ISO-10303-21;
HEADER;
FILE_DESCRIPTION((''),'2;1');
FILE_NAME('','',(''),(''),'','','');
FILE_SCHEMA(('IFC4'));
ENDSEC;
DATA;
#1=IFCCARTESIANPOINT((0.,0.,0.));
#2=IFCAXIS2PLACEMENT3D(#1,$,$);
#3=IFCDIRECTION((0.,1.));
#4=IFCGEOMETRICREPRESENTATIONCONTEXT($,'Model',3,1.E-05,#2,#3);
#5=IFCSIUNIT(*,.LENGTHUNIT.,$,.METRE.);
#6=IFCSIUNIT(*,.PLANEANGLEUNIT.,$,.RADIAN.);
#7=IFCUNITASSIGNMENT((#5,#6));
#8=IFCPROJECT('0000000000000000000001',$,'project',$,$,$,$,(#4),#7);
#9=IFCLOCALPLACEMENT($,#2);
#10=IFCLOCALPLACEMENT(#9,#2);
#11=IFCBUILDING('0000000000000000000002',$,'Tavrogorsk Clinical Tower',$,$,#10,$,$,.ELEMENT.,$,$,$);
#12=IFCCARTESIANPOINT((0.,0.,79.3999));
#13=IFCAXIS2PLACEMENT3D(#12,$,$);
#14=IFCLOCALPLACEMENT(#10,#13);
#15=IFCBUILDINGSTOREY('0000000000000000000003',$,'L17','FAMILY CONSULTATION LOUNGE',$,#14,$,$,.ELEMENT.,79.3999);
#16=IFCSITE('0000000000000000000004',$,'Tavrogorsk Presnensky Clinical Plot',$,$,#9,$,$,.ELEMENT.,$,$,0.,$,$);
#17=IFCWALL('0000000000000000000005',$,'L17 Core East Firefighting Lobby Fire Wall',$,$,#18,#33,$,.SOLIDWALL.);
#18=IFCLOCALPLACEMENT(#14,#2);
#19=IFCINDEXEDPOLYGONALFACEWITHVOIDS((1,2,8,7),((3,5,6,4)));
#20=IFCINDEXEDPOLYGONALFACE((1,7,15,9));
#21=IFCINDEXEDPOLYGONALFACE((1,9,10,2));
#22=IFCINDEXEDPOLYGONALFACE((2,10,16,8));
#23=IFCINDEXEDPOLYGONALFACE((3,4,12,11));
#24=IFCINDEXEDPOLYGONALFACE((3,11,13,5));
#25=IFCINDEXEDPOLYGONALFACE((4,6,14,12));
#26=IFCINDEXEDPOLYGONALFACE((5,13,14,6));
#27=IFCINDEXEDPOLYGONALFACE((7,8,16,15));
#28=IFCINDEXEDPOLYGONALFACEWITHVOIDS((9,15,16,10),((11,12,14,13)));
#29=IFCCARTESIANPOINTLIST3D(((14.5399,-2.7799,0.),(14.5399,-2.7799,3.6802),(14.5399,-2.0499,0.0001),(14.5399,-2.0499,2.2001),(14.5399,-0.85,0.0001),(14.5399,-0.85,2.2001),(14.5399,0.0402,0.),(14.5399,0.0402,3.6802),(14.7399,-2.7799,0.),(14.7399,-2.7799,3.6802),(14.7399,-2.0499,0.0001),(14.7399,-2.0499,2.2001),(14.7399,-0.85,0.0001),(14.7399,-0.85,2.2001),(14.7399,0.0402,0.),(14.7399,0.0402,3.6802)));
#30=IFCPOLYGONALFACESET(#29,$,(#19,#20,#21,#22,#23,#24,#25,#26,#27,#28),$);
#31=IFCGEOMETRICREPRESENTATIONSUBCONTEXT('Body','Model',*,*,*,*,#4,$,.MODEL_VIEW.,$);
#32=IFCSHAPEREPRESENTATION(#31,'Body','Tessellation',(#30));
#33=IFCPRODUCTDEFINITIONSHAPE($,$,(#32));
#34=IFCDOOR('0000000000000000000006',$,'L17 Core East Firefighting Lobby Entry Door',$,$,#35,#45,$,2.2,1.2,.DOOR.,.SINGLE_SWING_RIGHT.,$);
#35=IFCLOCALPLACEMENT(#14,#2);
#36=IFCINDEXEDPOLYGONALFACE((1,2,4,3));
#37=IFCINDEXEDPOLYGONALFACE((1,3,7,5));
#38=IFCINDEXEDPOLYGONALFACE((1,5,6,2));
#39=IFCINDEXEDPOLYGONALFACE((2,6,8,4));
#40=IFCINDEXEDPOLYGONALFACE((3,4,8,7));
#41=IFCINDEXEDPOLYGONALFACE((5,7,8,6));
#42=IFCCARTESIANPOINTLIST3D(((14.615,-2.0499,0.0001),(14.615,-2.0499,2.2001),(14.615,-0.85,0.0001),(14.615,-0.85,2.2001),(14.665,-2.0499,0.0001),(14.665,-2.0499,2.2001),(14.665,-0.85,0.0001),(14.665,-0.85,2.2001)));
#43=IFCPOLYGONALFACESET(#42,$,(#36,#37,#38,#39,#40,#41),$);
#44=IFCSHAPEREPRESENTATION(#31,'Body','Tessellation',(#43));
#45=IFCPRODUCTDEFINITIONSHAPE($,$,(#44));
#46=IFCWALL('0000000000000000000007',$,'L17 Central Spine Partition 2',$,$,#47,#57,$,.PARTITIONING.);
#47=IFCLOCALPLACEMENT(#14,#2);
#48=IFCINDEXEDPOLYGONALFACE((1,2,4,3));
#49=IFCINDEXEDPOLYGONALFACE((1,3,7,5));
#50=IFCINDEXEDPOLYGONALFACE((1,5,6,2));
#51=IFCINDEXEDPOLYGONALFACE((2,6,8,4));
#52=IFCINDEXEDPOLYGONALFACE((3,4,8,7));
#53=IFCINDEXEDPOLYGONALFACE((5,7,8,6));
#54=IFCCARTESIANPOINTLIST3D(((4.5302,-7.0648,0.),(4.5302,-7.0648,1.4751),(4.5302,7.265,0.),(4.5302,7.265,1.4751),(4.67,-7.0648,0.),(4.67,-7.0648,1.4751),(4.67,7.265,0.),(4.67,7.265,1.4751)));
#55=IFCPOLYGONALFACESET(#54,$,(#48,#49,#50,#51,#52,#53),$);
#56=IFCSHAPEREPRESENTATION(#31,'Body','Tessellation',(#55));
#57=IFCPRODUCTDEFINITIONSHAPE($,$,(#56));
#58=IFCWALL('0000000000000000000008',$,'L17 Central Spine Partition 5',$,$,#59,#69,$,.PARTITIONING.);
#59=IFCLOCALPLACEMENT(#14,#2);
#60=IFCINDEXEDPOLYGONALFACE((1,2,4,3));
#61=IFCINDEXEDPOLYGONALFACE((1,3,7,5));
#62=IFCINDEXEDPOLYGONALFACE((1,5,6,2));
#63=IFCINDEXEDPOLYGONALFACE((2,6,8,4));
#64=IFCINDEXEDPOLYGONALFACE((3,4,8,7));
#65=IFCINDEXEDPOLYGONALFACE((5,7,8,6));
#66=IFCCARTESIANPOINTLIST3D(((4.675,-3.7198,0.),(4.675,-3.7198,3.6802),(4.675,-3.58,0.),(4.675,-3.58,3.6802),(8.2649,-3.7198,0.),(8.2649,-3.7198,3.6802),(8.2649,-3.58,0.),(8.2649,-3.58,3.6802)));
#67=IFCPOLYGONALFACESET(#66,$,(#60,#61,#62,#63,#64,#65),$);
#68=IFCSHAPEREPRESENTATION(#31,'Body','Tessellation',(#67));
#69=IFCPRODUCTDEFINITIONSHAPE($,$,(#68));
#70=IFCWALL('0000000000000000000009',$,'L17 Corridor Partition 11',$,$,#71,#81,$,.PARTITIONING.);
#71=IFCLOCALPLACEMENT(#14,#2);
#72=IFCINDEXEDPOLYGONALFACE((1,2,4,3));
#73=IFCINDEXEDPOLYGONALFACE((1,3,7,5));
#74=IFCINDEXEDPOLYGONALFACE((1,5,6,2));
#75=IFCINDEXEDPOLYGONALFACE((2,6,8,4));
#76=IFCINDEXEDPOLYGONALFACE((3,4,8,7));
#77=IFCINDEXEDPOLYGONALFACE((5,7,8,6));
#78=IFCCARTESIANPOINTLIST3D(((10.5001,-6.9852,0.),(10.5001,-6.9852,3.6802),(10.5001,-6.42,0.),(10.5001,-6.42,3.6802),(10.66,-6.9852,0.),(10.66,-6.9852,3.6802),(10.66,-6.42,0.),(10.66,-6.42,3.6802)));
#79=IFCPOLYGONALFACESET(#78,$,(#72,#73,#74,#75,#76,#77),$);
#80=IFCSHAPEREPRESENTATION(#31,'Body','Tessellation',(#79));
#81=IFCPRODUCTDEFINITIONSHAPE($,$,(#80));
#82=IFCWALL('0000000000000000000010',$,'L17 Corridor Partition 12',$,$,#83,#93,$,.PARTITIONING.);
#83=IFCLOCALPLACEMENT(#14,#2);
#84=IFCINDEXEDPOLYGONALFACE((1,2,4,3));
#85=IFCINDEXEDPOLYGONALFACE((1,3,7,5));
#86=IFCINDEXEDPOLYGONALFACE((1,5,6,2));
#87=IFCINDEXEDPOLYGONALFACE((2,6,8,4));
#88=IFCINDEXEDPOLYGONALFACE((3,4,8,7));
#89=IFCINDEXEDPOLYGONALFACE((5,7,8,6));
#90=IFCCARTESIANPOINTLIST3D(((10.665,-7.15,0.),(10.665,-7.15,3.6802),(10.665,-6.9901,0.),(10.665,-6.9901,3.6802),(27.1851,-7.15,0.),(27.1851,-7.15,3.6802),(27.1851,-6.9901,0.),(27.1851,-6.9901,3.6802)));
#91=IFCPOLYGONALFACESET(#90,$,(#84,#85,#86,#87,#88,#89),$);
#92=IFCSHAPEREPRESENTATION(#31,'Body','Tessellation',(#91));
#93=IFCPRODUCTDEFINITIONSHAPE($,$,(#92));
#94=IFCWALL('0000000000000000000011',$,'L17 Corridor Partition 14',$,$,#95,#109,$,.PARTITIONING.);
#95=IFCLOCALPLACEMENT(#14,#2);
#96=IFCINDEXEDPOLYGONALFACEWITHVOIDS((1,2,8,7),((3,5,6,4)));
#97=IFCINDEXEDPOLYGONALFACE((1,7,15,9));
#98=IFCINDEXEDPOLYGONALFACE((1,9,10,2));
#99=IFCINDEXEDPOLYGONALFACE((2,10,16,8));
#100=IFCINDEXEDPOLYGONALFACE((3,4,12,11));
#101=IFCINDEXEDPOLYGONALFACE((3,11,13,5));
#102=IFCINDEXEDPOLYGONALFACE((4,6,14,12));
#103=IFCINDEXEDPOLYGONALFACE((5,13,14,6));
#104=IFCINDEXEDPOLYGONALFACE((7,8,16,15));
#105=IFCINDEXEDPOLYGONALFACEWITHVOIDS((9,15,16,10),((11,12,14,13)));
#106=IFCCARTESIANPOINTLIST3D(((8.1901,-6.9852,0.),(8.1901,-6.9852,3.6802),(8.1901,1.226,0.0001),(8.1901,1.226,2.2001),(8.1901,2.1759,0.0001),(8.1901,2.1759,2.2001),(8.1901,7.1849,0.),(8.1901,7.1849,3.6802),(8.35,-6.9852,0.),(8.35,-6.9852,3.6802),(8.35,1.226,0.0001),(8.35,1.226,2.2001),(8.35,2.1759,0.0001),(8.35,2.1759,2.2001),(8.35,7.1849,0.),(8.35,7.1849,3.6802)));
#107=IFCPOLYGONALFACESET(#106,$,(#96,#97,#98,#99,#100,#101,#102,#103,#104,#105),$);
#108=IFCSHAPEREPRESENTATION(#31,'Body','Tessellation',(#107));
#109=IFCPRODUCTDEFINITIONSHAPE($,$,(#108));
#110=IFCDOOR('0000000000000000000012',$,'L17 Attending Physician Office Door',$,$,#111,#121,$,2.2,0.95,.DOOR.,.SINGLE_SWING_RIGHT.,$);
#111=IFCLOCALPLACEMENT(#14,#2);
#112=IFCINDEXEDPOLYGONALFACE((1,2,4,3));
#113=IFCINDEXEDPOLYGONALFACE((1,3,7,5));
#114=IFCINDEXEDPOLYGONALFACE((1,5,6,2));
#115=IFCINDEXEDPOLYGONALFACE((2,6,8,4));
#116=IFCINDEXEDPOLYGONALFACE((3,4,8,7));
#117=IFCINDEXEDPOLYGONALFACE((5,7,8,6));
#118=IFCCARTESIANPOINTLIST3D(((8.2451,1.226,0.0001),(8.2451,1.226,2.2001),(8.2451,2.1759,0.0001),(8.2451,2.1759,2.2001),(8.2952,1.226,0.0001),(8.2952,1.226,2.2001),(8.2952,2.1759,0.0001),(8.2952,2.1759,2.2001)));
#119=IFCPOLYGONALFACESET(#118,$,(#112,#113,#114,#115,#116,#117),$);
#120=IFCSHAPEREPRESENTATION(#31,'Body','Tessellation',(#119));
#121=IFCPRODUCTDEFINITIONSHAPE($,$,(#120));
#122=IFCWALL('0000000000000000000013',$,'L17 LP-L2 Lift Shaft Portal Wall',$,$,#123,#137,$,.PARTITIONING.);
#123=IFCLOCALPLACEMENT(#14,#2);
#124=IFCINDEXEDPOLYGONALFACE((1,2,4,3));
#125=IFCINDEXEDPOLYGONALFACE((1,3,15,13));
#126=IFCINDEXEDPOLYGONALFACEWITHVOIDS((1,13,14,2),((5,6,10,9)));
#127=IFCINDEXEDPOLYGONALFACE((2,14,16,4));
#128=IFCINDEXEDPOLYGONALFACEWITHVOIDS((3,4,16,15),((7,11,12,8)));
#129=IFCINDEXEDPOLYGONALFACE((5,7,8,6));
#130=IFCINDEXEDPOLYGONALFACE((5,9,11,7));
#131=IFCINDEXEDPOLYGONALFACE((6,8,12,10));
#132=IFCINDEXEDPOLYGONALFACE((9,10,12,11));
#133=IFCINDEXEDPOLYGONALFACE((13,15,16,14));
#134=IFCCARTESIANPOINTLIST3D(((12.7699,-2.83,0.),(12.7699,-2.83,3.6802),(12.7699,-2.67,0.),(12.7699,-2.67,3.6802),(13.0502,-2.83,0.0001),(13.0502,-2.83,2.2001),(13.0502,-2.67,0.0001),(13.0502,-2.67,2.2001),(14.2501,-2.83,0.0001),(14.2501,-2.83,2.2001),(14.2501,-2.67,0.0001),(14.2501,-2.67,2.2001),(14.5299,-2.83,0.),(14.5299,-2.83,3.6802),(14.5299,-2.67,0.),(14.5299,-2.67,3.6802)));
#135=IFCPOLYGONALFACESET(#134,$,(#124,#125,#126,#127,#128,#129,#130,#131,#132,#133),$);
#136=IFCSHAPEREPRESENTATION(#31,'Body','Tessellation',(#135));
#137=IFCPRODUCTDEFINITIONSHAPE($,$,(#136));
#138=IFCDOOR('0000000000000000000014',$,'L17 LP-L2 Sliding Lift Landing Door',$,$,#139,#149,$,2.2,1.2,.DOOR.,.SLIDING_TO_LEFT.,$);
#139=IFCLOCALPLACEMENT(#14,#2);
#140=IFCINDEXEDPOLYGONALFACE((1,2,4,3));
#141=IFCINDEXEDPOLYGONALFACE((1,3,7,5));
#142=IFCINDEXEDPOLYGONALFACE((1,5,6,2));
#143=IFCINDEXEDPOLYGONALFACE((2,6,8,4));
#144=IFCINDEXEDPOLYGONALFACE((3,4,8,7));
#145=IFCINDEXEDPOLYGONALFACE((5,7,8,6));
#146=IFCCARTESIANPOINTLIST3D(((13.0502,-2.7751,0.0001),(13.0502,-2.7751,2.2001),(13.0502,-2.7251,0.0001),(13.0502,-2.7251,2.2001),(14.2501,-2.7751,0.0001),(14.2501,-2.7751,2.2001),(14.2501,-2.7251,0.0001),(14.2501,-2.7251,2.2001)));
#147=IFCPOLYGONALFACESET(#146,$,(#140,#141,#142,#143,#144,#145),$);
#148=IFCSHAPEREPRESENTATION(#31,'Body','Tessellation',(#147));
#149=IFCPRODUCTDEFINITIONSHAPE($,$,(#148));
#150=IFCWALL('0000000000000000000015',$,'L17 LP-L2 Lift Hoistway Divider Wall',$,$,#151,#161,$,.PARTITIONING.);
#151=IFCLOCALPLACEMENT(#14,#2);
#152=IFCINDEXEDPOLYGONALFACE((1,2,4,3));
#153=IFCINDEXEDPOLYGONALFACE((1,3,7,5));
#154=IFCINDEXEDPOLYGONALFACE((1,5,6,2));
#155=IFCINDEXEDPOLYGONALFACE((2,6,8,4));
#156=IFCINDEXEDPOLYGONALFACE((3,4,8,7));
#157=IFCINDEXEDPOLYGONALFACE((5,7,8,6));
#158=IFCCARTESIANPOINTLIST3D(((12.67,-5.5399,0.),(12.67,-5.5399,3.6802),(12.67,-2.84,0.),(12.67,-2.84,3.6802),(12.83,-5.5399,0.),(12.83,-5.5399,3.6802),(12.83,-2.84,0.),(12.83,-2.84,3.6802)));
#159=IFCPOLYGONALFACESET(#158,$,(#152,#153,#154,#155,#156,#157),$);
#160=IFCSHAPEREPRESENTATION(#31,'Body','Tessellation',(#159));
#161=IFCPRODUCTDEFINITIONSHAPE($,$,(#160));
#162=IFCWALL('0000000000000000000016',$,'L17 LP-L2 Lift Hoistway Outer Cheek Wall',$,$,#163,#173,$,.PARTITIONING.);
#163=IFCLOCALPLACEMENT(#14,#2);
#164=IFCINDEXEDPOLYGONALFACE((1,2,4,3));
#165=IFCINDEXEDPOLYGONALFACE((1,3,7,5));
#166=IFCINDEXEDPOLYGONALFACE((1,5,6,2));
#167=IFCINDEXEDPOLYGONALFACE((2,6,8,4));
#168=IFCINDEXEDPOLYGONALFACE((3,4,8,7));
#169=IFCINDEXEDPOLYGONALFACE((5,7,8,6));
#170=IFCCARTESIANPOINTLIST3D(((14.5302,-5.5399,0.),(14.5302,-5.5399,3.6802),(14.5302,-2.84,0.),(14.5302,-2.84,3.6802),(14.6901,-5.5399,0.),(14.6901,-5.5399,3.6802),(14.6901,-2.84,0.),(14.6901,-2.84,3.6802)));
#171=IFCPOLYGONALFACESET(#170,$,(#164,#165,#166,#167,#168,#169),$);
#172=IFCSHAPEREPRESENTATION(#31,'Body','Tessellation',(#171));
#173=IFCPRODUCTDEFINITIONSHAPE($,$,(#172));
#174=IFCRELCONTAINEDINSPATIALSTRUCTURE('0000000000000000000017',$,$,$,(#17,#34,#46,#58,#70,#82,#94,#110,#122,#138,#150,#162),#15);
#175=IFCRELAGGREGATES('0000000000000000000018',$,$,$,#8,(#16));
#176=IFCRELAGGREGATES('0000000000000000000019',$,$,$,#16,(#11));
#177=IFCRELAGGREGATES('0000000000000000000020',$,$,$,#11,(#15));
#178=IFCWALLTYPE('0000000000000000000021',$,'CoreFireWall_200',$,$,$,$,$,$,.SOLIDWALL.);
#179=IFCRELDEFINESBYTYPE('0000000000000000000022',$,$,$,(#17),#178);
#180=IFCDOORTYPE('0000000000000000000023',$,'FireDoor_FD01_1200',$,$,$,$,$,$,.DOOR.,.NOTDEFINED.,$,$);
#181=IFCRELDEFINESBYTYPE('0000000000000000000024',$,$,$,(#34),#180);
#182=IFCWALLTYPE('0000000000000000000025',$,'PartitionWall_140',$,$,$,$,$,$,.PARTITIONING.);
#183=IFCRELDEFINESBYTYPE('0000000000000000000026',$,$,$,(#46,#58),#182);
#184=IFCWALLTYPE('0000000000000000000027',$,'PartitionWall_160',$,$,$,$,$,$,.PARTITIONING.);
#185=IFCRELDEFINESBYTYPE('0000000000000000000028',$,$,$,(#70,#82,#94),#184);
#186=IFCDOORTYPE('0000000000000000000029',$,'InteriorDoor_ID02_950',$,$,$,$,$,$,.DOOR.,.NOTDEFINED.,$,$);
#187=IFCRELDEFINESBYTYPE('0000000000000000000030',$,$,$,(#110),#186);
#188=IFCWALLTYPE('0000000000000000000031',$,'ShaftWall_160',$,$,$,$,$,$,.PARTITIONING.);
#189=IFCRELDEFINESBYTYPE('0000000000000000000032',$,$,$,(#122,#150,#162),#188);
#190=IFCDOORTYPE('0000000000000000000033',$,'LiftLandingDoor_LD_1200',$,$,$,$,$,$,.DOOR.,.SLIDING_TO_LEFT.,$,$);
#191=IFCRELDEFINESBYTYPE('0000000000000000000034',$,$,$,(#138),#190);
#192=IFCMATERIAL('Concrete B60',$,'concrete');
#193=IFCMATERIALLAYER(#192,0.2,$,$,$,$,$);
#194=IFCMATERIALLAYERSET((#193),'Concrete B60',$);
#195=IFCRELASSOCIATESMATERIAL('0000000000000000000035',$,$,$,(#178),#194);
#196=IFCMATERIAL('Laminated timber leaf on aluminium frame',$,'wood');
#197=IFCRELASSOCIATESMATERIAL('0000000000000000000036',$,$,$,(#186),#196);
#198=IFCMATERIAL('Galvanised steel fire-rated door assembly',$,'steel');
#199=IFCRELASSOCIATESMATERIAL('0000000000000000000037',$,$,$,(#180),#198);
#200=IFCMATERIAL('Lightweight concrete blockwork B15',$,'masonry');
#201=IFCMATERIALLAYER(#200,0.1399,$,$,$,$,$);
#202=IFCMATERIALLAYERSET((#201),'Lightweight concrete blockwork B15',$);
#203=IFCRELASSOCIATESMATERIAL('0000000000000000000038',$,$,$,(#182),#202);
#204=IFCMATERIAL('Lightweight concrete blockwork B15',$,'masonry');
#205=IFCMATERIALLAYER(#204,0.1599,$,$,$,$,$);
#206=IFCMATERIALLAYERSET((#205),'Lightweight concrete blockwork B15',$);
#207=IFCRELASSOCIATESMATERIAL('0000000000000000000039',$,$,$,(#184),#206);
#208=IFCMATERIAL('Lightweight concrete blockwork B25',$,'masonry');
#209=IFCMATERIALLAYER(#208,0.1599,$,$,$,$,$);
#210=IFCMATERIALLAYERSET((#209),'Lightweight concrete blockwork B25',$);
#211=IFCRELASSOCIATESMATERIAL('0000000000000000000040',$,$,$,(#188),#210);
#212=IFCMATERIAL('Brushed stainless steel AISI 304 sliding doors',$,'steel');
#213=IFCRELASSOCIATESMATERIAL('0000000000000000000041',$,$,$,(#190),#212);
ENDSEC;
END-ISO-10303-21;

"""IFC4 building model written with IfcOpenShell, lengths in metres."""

from ifc_helpers import new_model, si_unit, direction, frame, frame_2d, origin, place, context, subcontext, project, spatial, rectangle, extrude, material, layer, layer_set, type_object, element, fill, save


model = new_model("IFC4")

# Units and contexts
model_context = context("Model", 3, precision=1e-05, world=origin(), true_north=direction((0.0, 1.0)))
body_context = subcontext(model_context, "Body", "Model", "MODEL_VIEW")
ifc_project = project(units=[si_unit("LENGTHUNIT", "METRE"), si_unit("PLANEANGLEUNIT", "RADIAN")], contexts=[model_context])

# Site, building, storey
site_placement = place(None, origin())
site = spatial("IfcSite", under=ifc_project, at=site_placement, Name="Tavrogorsk Presnensky Clinical Plot", CompositionType="ELEMENT", RefElevation=0.0)
building_placement = place(site_placement, origin())
building = spatial("IfcBuilding", under=site, at=building_placement, Name="Tavrogorsk Clinical Tower", CompositionType="ELEMENT")
storey_placement = place(building_placement, frame((0.0, 0.0, 79.3999)))
storey = spatial("IfcBuildingStorey", under=building, at=storey_placement, Name="L17", Description="FAMILY CONSULTATION LOUNGE", CompositionType="ELEMENT", Elevation=79.3999)

# Wall, opening, door
ifc_material_1 = material(Name="Concrete B60", Category="concrete")
ifc_layer_1 = layer(ifc_material_1, 0.2)
ifc_layer_set_1 = layer_set([ifc_layer_1], Name="Concrete B60")
wall_type_1 = type_object("IfcWallType", Name="CoreFireWall_200", PredefinedType="SOLIDWALL", material=ifc_layer_set_1)
ifc_material_2 = material(Name="Laminated timber leaf on aluminium frame", Category="wood")
door_type_1 = type_object("IfcDoorType", Name="InteriorDoor_ID02_950", OperationType="NOTDEFINED", PredefinedType="DOOR", material=ifc_material_2)
wall_1_placement = place(storey_placement, frame((14.6399, -2.78, 0.0), z_axis=(0.0, 0.0, 1.0), x_axis=(0.0, 1.0, 0.0)))
wall_1 = element("IfcWall", 1, at=wall_1_placement, inside=storey, type_object=wall_type_1, Name="L17 Core East Firefighting Lobby Fire Wall", PredefinedType="SOLIDWALL", context=body_context, shape_type="SweptSolid", body=[
    extrude(rectangle(XDim=2.8201, YDim=0.2, at=frame_2d((1.4102, 0.0))), origin(), (0.0, 0.0, 1.0), 3.6802),
])
opening_1_placement = place(wall_1_placement, frame((0.73, 0.0, 0.0)))
opening_1 = element("IfcOpeningElement", 2, at=opening_1_placement, cuts=wall_1, PredefinedType="OPENING", context=body_context, shape_type="SweptSolid", body=[
    extrude(rectangle(XDim=1.2, YDim=2.2, at=frame_2d((0.6001, 1.1001))), frame((0.0, 0.1099, 0.0), z_axis=(0.0, -1.0, 0.0), x_axis=(1.0, 0.0, 0.0)), (0.0, 0.0, 1.0), 0.22),
])
ifc_material_3 = material(Name="Galvanised steel fire-rated door assembly", Category="steel")
door_type_2 = type_object("IfcDoorType", Name="FireDoor_FD01_1200", OperationType="NOTDEFINED", PredefinedType="DOOR", material=ifc_material_3)
door_1_placement = place(opening_1_placement, origin())
door_1 = element("IfcDoor", 3, at=door_1_placement, inside=storey, type_object=door_type_2, Name="L17 Core East Firefighting Lobby Entry Door", OperationType="SINGLE_SWING_RIGHT", OverallHeight=2.2, OverallWidth=1.2, PredefinedType="DOOR", context=body_context, shape_type="SweptSolid", body=[
    extrude(rectangle(XDim=1.2, YDim=2.2, at=frame_2d((0.6001, 1.1001))), frame((0.0, 0.0249, 0.0), z_axis=(0.0, -1.0, 0.0), x_axis=(1.0, 0.0, 0.0)), (0.0, 0.0, 1.0), 0.05),
])
fill(opening_1, door_1)

# Walls
ifc_material_4 = material(Name="Lightweight concrete blockwork B15", Category="masonry")
ifc_layer_2 = layer(ifc_material_4, 0.1399)
ifc_layer_set_2 = layer_set([ifc_layer_2], Name="Lightweight concrete blockwork B15")
wall_type_2 = type_object("IfcWallType", Name="PartitionWall_140", PredefinedType="PARTITIONING", material=ifc_layer_set_2)
wall_2_placement = place(storey_placement, frame((4.6001, -7.0649, 0.0), z_axis=(0.0, 0.0, 1.0), x_axis=(0.0, 1.0, 0.0)))
element("IfcWall", 4, at=wall_2_placement, inside=storey, type_object=wall_type_2, Name="L17 Central Spine Partition 2", PredefinedType="PARTITIONING", context=body_context, shape_type="SweptSolid", body=[
    extrude(rectangle(XDim=14.3298, YDim=0.1399, at=frame_2d((7.165, 0.0))), origin(), (0.0, 0.0, 1.0), 1.4751),
])
wall_3_placement = place(storey_placement, frame((4.675, -3.6499, 0.0), z_axis=(0.0, 0.0, 1.0), x_axis=(1.0, 0.0, 0.0)))
element("IfcWall", 5, at=wall_3_placement, inside=storey, type_object=wall_type_2, Name="L17 Central Spine Partition 5", PredefinedType="PARTITIONING", context=body_context, shape_type="SweptSolid", body=[
    extrude(rectangle(XDim=3.5898, YDim=0.1399, at=frame_2d((1.7949, 0.0))), origin(), (0.0, 0.0, 1.0), 3.6802),
])
ifc_material_5 = material(Name="Lightweight concrete blockwork B15", Category="masonry")
ifc_layer_3 = layer(ifc_material_5, 0.1599)
ifc_layer_set_3 = layer_set([ifc_layer_3], Name="Lightweight concrete blockwork B15")
wall_type_3 = type_object("IfcWallType", Name="PartitionWall_160", PredefinedType="PARTITIONING", material=ifc_layer_set_3)
wall_4_placement = place(storey_placement, frame((10.5801, -6.4199, 0.0), z_axis=(0.0, 0.0, 1.0), x_axis=(0.0, -1.0, 0.0)))
element("IfcWall", 6, at=wall_4_placement, inside=storey, type_object=wall_type_3, Name="L17 Corridor Partition 11", PredefinedType="PARTITIONING", context=body_context, shape_type="SweptSolid", body=[
    extrude(rectangle(XDim=0.5652, YDim=0.1599, at=frame_2d((0.2827, 0.0))), origin(), (0.0, 0.0, 1.0), 3.6802),
])
wall_5_placement = place(storey_placement, frame((10.665, -7.0701, 0.0), z_axis=(0.0, 0.0, 1.0), x_axis=(1.0, 0.0, 0.0)))
element("IfcWall", 7, at=wall_5_placement, inside=storey, type_object=wall_type_3, Name="L17 Corridor Partition 12", PredefinedType="PARTITIONING", context=body_context, shape_type="SweptSolid", body=[
    extrude(rectangle(XDim=16.52, YDim=0.1599, at=frame_2d((8.26, 0.0))), origin(), (0.0, 0.0, 1.0), 3.6802),
])

# Walls, openings, doors
wall_6_placement = place(storey_placement, frame((8.27, -6.9851, 0.0), z_axis=(0.0, 0.0, 1.0), x_axis=(0.0, 1.0, 0.0)))
wall_6 = element("IfcWall", 8, at=wall_6_placement, inside=storey, type_object=wall_type_3, Name="L17 Corridor Partition 14", PredefinedType="PARTITIONING", context=body_context, shape_type="SweptSolid", body=[
    extrude(rectangle(XDim=14.1702, YDim=0.1599, at=frame_2d((7.085, 0.0))), origin(), (0.0, 0.0, 1.0), 3.6802),
])
opening_2_placement = place(wall_6_placement, frame((8.2109, 0.0, 0.0)))
opening_2 = element("IfcOpeningElement", 9, at=opening_2_placement, cuts=wall_6, PredefinedType="OPENING", context=body_context, shape_type="SweptSolid", body=[
    extrude(rectangle(XDim=0.95, YDim=2.2, at=frame_2d((0.4751, 1.1001))), frame((0.0, 0.0898, 0.0), z_axis=(0.0, -1.0, 0.0), x_axis=(1.0, 0.0, 0.0)), (0.0, 0.0, 1.0), 0.1799),
])
door_2_placement = place(opening_2_placement, origin())
door_2 = element("IfcDoor", 10, at=door_2_placement, inside=storey, type_object=door_type_1, Name="L17 Attending Physician Office Door", OperationType="SINGLE_SWING_RIGHT", OverallHeight=2.2, OverallWidth=0.95, PredefinedType="DOOR", context=body_context, shape_type="SweptSolid", body=[
    extrude(rectangle(XDim=0.95, YDim=2.2, at=frame_2d((0.4751, 1.1001))), frame((0.0, 0.0249, 0.0), z_axis=(0.0, -1.0, 0.0), x_axis=(1.0, 0.0, 0.0)), (0.0, 0.0, 1.0), 0.05),
])
fill(opening_2, door_2)
ifc_material_6 = material(Name="Lightweight concrete blockwork B25", Category="masonry")
ifc_layer_4 = layer(ifc_material_6, 0.1599)
ifc_layer_set_4 = layer_set([ifc_layer_4], Name="Lightweight concrete blockwork B25")
wall_type_4 = type_object("IfcWallType", Name="ShaftWall_160", PredefinedType="PARTITIONING", material=ifc_layer_set_4)
wall_7_placement = place(storey_placement, frame((12.77, -2.75, 0.0), z_axis=(0.0, 0.0, 1.0), x_axis=(1.0, 0.0, 0.0)))
wall_7 = element("IfcWall", 11, at=wall_7_placement, inside=storey, type_object=wall_type_4, Name="L17 LP-L2 Lift Shaft Portal Wall", PredefinedType="PARTITIONING", context=body_context, shape_type="SweptSolid", body=[
    extrude(rectangle(XDim=1.76, YDim=0.1599, at=frame_2d((0.8799, 0.0))), origin(), (0.0, 0.0, 1.0), 3.6802),
])
opening_3_placement = place(wall_7_placement, frame((0.28, 0.0, 0.0)))
opening_3 = element("IfcOpeningElement", 12, at=opening_3_placement, cuts=wall_7, PredefinedType="OPENING", context=body_context, shape_type="SweptSolid", body=[
    extrude(rectangle(XDim=1.2, YDim=2.2, at=frame_2d((0.6001, 1.1001))), frame((0.0, 0.0898, 0.0), z_axis=(0.0, -1.0, 0.0), x_axis=(1.0, 0.0, 0.0)), (0.0, 0.0, 1.0), 0.1799),
])
ifc_material_7 = material(Name="Brushed stainless steel AISI 304 sliding doors", Category="steel")
door_type_3 = type_object("IfcDoorType", Name="LiftLandingDoor_LD_1200", OperationType="SLIDING_TO_LEFT", PredefinedType="DOOR", material=ifc_material_7)
door_3_placement = place(opening_3_placement, origin())
door_3 = element("IfcDoor", 13, at=door_3_placement, inside=storey, type_object=door_type_3, Name="L17 LP-L2 Sliding Lift Landing Door", OperationType="SLIDING_TO_LEFT", OverallHeight=2.2, OverallWidth=1.2, PredefinedType="DOOR", context=body_context, shape_type="SweptSolid", body=[
    extrude(rectangle(XDim=1.2, YDim=2.2, at=frame_2d((0.6001, 1.1001))), frame((0.0, 0.0249, 0.0), z_axis=(0.0, -1.0, 0.0), x_axis=(1.0, 0.0, 0.0)), (0.0, 0.0, 1.0), 0.05),
])
fill(opening_3, door_3)

# Walls
for number, where, z_axis, x_axis, name in (
    (14, (12.75, -5.54, 0.0), (0.0, 0.0, 1.0), (0.0, 1.0, 0.0), "L17 LP-L2 Lift Hoistway Divider Wall"),
    (15, (14.6101, -5.54, 0.0), (0.0, 0.0, 1.0), (0.0, 1.0, 0.0), "L17 LP-L2 Lift Hoistway Outer Cheek Wall"),
):
    element("IfcWall", number, at=place(storey_placement, frame(where, z_axis=z_axis, x_axis=x_axis)), inside=storey, type_object=wall_type_4, Name=name, PredefinedType="PARTITIONING", context=body_context, shape_type="SweptSolid", body=[
        extrude(rectangle(XDim=2.7, YDim=0.1599, at=frame_2d((1.3501, 0.0))), origin(), (0.0, 0.0, 1.0), 3.6802),
    ])

save(model, "model.ifc")
